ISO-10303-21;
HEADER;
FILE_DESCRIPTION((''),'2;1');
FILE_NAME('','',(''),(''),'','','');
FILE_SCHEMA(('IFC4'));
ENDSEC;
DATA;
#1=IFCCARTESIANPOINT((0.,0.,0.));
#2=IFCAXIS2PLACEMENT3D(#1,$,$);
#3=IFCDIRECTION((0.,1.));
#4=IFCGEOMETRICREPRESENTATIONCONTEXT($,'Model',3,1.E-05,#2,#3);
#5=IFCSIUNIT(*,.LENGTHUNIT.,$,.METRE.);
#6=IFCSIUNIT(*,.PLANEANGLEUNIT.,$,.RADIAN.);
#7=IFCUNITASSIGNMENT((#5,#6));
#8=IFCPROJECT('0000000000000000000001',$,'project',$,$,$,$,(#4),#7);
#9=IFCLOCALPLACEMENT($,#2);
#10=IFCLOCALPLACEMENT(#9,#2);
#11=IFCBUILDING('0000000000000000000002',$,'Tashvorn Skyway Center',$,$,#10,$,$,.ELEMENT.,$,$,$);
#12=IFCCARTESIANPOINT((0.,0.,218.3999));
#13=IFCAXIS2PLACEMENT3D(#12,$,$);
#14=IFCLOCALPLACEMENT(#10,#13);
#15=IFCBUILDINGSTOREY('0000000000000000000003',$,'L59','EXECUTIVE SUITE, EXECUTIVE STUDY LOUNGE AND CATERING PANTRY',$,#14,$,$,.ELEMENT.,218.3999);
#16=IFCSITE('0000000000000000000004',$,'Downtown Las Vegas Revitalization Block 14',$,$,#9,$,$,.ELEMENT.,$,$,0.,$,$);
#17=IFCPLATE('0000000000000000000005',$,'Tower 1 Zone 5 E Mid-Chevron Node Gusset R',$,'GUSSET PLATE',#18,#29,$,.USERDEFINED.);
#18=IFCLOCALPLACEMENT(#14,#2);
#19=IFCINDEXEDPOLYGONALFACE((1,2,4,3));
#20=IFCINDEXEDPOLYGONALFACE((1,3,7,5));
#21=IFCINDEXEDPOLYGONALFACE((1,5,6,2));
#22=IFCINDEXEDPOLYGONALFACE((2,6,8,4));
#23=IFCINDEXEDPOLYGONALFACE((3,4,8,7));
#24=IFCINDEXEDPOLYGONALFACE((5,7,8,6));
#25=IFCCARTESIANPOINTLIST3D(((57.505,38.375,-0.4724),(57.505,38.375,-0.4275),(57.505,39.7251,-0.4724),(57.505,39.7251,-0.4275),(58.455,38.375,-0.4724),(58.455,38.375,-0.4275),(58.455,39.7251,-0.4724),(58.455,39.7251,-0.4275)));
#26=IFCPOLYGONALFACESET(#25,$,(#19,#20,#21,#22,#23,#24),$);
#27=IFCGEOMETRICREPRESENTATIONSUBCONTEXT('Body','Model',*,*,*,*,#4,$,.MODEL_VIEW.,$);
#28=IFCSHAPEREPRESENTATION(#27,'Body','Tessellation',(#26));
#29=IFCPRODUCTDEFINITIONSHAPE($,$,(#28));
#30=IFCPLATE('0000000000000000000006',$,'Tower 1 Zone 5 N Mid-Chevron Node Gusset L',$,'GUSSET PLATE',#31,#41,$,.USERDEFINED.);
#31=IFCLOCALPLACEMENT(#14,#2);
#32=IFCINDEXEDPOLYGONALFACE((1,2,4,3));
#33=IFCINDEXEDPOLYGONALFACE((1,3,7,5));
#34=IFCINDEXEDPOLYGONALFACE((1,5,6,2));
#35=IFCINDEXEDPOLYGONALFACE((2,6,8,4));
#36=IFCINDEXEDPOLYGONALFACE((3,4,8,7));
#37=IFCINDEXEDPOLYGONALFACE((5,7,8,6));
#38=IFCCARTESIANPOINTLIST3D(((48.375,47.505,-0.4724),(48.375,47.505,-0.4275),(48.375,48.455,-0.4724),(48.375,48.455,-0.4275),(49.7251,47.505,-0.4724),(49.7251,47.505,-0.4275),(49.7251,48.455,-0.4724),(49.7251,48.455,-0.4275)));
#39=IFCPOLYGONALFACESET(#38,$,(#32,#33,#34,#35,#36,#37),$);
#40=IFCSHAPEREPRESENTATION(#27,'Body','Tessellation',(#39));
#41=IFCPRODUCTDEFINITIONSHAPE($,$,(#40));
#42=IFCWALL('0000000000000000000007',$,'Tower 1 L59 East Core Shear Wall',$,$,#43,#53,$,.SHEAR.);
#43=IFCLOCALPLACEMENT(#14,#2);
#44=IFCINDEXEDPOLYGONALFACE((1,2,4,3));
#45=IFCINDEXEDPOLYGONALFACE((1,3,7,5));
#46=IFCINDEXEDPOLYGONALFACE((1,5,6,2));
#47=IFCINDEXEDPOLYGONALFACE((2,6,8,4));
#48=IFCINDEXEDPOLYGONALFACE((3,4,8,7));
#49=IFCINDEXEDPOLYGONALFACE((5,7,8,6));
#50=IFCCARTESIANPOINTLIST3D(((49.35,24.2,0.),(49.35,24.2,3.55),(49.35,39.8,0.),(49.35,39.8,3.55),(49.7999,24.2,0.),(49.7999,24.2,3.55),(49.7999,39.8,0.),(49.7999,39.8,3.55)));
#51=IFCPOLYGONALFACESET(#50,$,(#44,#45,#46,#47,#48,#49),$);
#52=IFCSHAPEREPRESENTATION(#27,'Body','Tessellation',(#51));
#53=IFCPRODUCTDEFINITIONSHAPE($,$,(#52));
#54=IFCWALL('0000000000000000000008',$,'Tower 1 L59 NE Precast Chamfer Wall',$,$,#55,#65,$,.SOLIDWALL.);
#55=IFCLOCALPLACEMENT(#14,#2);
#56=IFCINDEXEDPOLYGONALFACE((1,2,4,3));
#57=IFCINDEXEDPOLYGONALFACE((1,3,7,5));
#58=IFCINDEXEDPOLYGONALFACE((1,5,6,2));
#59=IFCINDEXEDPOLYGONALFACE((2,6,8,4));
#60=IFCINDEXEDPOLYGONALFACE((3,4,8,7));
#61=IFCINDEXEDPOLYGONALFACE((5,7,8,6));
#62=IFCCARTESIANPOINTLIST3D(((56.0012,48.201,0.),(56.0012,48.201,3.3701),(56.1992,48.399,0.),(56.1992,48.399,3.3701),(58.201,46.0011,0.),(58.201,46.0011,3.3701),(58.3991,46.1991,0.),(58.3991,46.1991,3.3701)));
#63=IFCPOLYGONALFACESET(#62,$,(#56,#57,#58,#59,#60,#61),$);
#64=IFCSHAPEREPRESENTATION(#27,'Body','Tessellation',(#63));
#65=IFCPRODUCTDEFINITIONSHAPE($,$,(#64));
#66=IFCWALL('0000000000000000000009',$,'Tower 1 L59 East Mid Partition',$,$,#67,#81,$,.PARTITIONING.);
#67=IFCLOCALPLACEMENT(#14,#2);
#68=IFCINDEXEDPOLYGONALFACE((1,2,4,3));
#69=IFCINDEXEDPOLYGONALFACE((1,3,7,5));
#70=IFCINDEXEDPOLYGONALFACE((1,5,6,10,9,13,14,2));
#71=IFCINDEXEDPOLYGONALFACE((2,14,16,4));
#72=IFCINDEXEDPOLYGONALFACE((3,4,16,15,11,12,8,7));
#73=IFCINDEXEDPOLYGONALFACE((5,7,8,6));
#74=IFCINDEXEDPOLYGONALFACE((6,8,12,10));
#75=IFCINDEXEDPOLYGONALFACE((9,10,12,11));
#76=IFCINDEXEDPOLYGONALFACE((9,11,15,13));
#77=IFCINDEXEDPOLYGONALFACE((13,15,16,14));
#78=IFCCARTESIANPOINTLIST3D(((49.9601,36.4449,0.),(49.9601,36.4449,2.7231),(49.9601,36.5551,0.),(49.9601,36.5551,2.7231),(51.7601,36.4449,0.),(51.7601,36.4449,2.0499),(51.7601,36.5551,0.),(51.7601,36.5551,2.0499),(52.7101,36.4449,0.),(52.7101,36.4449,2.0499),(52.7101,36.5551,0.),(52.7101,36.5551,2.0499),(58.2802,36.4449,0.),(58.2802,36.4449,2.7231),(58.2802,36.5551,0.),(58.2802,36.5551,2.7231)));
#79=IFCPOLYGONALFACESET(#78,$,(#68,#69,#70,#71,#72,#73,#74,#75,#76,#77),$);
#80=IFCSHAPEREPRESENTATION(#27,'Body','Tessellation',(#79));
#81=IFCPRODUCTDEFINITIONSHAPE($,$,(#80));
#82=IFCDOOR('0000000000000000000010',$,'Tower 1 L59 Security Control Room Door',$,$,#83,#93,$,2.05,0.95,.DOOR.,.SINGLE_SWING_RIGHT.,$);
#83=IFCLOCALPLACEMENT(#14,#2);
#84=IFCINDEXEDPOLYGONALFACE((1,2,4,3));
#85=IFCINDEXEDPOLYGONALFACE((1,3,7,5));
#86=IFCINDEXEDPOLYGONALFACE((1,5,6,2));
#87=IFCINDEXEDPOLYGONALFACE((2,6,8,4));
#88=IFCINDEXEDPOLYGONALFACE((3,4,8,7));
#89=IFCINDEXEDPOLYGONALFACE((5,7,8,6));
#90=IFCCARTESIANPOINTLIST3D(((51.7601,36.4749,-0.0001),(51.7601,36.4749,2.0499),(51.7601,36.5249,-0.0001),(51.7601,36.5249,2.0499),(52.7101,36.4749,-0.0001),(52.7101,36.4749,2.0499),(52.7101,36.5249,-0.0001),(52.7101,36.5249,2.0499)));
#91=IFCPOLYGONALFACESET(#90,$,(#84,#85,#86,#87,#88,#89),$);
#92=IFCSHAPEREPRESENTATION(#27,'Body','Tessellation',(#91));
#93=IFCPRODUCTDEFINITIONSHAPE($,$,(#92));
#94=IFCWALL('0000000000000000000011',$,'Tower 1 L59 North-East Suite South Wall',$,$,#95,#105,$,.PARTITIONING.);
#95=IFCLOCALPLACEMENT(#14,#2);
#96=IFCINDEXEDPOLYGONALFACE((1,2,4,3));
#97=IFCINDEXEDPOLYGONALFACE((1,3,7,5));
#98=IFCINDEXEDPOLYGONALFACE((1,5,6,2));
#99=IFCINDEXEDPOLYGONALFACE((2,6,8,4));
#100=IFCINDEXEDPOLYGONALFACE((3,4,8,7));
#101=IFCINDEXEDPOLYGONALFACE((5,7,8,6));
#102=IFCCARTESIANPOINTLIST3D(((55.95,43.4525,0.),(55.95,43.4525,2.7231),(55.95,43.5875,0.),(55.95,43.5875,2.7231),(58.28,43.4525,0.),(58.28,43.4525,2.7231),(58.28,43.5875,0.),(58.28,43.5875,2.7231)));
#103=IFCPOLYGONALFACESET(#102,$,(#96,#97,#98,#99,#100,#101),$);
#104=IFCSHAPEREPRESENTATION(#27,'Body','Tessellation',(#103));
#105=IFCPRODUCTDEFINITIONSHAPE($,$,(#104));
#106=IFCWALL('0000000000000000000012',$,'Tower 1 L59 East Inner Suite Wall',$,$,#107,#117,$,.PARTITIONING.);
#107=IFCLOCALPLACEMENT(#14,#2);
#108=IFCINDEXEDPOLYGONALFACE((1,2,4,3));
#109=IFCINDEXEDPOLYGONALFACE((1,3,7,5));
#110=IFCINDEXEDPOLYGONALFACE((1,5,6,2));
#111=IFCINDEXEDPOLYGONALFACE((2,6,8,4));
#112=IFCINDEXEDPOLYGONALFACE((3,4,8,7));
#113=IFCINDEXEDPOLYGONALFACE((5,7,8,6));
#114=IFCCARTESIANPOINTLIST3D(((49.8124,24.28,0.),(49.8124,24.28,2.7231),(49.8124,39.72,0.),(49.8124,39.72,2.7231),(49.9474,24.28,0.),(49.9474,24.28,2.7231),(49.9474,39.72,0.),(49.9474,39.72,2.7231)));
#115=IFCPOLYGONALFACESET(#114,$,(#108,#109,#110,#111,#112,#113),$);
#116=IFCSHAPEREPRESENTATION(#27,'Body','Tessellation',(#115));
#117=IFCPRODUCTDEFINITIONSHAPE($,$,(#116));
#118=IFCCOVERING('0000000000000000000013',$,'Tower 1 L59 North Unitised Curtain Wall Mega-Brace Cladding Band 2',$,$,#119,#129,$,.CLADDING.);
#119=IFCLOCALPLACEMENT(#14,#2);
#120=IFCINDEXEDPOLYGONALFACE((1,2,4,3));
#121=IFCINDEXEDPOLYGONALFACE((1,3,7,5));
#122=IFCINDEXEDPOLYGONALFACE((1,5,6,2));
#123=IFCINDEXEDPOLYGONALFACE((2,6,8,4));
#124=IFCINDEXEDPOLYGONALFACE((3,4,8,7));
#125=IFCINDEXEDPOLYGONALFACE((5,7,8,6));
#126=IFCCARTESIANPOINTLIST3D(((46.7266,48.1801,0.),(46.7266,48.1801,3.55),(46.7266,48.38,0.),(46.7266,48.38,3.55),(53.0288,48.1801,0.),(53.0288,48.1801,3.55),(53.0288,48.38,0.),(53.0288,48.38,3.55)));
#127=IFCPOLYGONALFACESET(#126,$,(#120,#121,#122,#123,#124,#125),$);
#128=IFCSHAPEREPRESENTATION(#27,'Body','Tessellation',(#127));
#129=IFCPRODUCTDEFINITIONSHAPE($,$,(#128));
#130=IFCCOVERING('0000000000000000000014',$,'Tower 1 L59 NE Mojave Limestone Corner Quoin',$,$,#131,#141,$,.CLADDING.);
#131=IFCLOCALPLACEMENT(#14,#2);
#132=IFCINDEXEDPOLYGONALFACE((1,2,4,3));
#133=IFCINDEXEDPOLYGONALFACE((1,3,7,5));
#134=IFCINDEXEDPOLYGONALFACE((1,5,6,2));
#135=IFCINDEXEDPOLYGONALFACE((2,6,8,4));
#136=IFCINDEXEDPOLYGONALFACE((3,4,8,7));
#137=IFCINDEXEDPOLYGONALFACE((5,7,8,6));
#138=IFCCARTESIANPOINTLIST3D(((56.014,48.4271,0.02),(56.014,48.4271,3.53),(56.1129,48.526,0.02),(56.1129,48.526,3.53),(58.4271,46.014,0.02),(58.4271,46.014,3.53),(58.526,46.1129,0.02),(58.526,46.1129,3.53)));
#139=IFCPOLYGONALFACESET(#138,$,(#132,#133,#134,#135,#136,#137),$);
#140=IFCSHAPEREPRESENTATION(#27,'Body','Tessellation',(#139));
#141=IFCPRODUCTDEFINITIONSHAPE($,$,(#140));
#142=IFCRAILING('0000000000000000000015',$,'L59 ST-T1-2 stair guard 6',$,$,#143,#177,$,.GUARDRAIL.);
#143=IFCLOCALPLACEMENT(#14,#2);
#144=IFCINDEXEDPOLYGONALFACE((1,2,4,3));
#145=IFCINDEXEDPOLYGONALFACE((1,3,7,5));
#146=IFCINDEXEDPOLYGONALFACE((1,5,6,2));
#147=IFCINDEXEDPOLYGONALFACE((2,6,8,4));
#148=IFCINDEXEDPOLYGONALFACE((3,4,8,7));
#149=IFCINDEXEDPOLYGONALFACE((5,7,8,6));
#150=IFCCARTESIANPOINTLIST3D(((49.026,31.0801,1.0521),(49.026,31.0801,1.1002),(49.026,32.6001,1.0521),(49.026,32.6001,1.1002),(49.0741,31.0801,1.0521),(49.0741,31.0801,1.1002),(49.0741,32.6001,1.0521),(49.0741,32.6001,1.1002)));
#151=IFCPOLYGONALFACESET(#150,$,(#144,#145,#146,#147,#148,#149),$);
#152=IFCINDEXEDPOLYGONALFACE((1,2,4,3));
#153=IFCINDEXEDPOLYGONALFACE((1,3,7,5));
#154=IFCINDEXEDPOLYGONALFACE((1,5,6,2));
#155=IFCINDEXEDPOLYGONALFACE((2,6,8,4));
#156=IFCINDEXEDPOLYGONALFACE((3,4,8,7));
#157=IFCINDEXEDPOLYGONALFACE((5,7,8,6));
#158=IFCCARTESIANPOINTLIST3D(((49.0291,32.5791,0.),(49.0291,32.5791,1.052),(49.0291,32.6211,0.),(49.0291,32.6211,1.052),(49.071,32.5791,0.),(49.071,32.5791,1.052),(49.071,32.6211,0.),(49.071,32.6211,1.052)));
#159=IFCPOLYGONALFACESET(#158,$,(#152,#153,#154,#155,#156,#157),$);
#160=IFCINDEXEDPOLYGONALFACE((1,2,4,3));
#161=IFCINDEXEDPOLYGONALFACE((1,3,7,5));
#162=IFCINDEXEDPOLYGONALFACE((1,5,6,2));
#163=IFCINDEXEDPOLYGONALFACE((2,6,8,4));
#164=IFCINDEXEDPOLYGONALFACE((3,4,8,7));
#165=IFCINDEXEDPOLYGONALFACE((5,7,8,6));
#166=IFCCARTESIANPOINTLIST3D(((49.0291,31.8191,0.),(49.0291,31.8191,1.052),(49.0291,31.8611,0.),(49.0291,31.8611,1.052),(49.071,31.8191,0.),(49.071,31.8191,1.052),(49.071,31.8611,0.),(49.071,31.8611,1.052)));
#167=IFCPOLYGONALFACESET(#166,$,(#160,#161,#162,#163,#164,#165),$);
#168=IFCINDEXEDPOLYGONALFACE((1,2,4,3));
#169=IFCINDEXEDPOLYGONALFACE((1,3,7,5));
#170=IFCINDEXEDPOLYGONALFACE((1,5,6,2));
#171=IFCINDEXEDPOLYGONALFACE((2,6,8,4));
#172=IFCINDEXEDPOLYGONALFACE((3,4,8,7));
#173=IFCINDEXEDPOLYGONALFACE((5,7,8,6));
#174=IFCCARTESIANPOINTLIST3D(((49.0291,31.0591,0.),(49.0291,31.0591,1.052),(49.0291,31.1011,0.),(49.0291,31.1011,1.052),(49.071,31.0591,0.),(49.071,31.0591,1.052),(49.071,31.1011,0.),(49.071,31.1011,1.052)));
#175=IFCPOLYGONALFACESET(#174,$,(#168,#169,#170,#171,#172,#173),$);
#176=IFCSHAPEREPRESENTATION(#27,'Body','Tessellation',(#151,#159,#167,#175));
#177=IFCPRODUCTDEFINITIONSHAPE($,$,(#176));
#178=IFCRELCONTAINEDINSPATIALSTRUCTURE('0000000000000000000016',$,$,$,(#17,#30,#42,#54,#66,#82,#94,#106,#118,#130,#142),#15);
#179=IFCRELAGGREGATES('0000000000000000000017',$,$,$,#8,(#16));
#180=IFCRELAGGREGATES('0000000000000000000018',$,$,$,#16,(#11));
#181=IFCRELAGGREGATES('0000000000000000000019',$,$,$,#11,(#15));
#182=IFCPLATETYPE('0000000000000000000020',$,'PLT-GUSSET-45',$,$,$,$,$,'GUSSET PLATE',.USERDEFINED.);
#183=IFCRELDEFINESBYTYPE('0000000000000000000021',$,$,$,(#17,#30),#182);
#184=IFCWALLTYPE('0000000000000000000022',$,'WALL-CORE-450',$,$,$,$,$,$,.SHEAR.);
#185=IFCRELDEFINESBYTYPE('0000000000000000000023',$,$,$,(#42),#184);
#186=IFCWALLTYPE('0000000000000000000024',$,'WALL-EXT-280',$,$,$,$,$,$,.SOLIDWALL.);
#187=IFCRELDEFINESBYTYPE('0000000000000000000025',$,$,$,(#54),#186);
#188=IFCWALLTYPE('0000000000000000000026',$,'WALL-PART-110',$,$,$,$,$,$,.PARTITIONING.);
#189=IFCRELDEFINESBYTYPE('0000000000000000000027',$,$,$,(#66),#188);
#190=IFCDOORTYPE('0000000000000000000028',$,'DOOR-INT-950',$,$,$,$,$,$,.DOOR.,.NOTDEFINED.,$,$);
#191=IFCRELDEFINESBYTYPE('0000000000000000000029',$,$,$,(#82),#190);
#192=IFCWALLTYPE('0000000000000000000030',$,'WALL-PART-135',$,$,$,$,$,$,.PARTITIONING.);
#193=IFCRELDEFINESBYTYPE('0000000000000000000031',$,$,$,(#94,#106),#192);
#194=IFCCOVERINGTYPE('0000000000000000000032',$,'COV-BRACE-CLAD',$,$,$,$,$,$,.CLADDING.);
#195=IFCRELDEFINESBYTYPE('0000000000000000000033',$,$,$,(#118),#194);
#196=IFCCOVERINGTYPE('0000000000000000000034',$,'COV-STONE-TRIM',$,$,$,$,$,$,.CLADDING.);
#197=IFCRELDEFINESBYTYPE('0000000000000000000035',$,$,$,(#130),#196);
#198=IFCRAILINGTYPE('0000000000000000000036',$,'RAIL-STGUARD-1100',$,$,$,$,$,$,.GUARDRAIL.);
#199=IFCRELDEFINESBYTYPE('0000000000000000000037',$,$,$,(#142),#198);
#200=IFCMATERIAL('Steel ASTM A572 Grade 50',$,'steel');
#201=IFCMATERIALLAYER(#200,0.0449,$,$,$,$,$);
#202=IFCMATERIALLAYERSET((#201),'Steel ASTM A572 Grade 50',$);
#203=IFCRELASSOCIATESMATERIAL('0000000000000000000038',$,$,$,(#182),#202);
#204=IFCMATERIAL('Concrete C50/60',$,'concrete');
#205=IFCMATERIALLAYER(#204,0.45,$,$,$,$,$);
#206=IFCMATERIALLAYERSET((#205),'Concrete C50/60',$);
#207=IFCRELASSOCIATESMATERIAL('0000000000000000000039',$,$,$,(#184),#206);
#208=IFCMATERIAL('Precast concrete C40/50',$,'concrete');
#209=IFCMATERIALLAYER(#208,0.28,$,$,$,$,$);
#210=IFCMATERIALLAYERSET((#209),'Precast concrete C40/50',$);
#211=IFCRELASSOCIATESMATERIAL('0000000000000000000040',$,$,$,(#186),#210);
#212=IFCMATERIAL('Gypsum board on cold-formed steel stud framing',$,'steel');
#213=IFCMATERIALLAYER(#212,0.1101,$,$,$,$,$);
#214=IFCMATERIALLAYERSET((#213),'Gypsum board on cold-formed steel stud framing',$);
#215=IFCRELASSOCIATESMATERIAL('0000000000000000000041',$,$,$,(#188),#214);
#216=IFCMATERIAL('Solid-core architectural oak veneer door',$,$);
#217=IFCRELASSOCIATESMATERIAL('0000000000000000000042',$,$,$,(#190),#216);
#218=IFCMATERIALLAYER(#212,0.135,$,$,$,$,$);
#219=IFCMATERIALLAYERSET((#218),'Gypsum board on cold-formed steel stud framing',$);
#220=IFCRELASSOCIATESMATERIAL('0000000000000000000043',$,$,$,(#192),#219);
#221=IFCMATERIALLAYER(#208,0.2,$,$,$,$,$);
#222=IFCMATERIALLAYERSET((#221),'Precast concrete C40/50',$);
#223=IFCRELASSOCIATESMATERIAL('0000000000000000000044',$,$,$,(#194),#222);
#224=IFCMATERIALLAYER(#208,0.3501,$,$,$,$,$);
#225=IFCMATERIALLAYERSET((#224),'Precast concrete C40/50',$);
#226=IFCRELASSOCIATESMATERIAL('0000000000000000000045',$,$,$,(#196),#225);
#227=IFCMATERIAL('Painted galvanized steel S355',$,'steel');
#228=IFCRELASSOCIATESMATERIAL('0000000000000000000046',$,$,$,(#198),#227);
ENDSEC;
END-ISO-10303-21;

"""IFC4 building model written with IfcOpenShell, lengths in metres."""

from ifc_helpers import new_model, si_unit, direction, frame, frame_2d, origin, origin_2d, place, context, subcontext, project, spatial, rectangle, extrude, material, layer, layer_set, type_object, element, fill, save


model = new_model("IFC4")

# Units and contexts
model_context = context("Model", 3, precision=1e-05, world=origin(), true_north=direction((0.0, 1.0)))
body_context = subcontext(model_context, "Body", "Model", "MODEL_VIEW")
ifc_project = project(units=[si_unit("LENGTHUNIT", "METRE"), si_unit("PLANEANGLEUNIT", "RADIAN")], contexts=[model_context])

# Site, building, storey
site_placement = place(None, origin())
site = spatial("IfcSite", under=ifc_project, at=site_placement, Name="Downtown Las Vegas Revitalization Block 14", CompositionType="ELEMENT", RefElevation=0.0)
building_placement = place(site_placement, origin())
building = spatial("IfcBuilding", under=site, at=building_placement, Name="Tashvorn Skyway Center", CompositionType="ELEMENT")
storey_placement = place(building_placement, frame((0.0, 0.0, 218.3999)))
storey = spatial("IfcBuildingStorey", under=building, at=storey_placement, Name="L59", Description="EXECUTIVE SUITE, EXECUTIVE STUDY LOUNGE AND CATERING PANTRY", CompositionType="ELEMENT", Elevation=218.3999)

# Shared definitions
ifc_material_1 = material(Name="Steel ASTM A572 Grade 50", Category="steel")

# Plates
ifc_layer_1 = layer(ifc_material_1, 0.0449)
ifc_layer_set_1 = layer_set([ifc_layer_1], Name="Steel ASTM A572 Grade 50")
plate_type_1 = type_object("IfcPlateType", Name="PLT-GUSSET-45", ElementType="GUSSET PLATE", PredefinedType="USERDEFINED", material=ifc_layer_set_1)
for number, where, z_axis, x_axis, name in (
    (1, (57.98, 39.05, -0.4724), (0.0, 0.0, 1.0), (0.0, 1.0, 0.0), "Tower 1 Zone 5 E Mid-Chevron Node Gusset R"),
    (2, (49.05, 47.98, -0.4724), (0.0, 0.0, 1.0), (-1.0, 0.0, 0.0), "Tower 1 Zone 5 N Mid-Chevron Node Gusset L"),
):
    element("IfcPlate", number, at=place(storey_placement, frame(where, z_axis=z_axis, x_axis=x_axis)), inside=storey, type_object=plate_type_1, Name=name, ObjectType="GUSSET PLATE", PredefinedType="USERDEFINED", context=body_context, shape_type="SweptSolid", body=[
        extrude(rectangle(XDim=1.3501, YDim=0.95, at=origin_2d()), origin(), (0.0, 0.0, 1.0), 0.0449),
    ])

# Walls
ifc_material_2 = material(Name="Concrete C50/60", Category="concrete")
ifc_layer_2 = layer(ifc_material_2, 0.45)
ifc_layer_set_2 = layer_set([ifc_layer_2], Name="Concrete C50/60")
wall_type_1 = type_object("IfcWallType", Name="WALL-CORE-450", PredefinedType="SHEAR", material=ifc_layer_set_2)
wall_1_placement = place(storey_placement, frame((49.575, 39.8, 0.0), z_axis=(0.0, 0.0, 1.0), x_axis=(0.0, -1.0, 0.0)))
element("IfcWall", 3, at=wall_1_placement, inside=storey, type_object=wall_type_1, Name="Tower 1 L59 East Core Shear Wall", PredefinedType="SHEAR", context=body_context, shape_type="SweptSolid", body=[
    extrude(rectangle(XDim=15.6001, YDim=0.45, at=frame_2d((7.8, 0.0))), origin(), (0.0, 0.0, 1.0), 3.55),
])
ifc_material_3 = material(Name="Precast concrete C40/50", Category="concrete")
ifc_layer_3 = layer(ifc_material_3, 0.28)
ifc_layer_set_3 = layer_set([ifc_layer_3], Name="Precast concrete C40/50")
wall_type_2 = type_object("IfcWallType", Name="WALL-EXT-280", PredefinedType="SOLIDWALL", material=ifc_layer_set_3)
wall_2_placement = place(storey_placement, frame((56.1001, 48.3, 0.0), z_axis=(0.0, 0.0, 1.0), x_axis=(0.707107, -0.707107, 0.0)))
element("IfcWall", 4, at=wall_2_placement, inside=storey, type_object=wall_type_2, Name="Tower 1 L59 NE Precast Chamfer Wall", PredefinedType="SOLIDWALL", context=body_context, shape_type="SweptSolid", body=[
    extrude(rectangle(XDim=3.1111, YDim=0.28, at=frame_2d((1.5557, 0.0))), origin(), (0.0, 0.0, 1.0), 3.3701),
])

# Wall, opening, door
ifc_material_4 = material(Name="Gypsum board on cold-formed steel stud framing", Category="steel")
ifc_layer_4 = layer(ifc_material_4, 0.1101)
ifc_layer_set_4 = layer_set([ifc_layer_4], Name="Gypsum board on cold-formed steel stud framing")
wall_type_3 = type_object("IfcWallType", Name="WALL-PART-110", PredefinedType="PARTITIONING", material=ifc_layer_set_4)
wall_3_placement = place(storey_placement, frame((49.96, 36.5, 0.0), z_axis=(0.0, 0.0, 1.0), x_axis=(1.0, 0.0, 0.0)))
wall_3 = element("IfcWall", 5, at=wall_3_placement, inside=storey, type_object=wall_type_3, Name="Tower 1 L59 East Mid Partition", PredefinedType="PARTITIONING", context=body_context, shape_type="SweptSolid", body=[
    extrude(rectangle(XDim=8.3201, YDim=0.1101, at=frame_2d((4.1602, 0.0))), origin(), (0.0, 0.0, 1.0), 2.7231),
])
opening_placement = place(wall_3_placement, frame((1.8, 0.0, 0.0)))
opening = element("IfcOpeningElement", 6, at=opening_placement, cuts=wall_3, PredefinedType="OPENING", context=body_context, shape_type="SweptSolid", body=[
    extrude(rectangle(XDim=0.95, YDim=2.05, at=frame_2d((0.4751, 1.0249))), frame((0.0, 0.0649, 0.0), z_axis=(0.0, -1.0, 0.0), x_axis=(1.0, 0.0, 0.0)), (0.0, 0.0, 1.0), 0.1301),
])
ifc_material_5 = material(Name="Solid-core architectural oak veneer door")
door_type = type_object("IfcDoorType", Name="DOOR-INT-950", OperationType="NOTDEFINED", PredefinedType="DOOR", material=ifc_material_5)
door_placement = place(opening_placement, origin())
door = element("IfcDoor", 7, at=door_placement, inside=storey, type_object=door_type, Name="Tower 1 L59 Security Control Room Door", OperationType="SINGLE_SWING_RIGHT", OverallHeight=2.05, OverallWidth=0.95, PredefinedType="DOOR", context=body_context, shape_type="SweptSolid", body=[
    extrude(rectangle(XDim=0.95, YDim=2.05, at=frame_2d((0.4751, 1.0249))), frame((0.0, 0.0249, 0.0), z_axis=(0.0, -1.0, 0.0), x_axis=(1.0, 0.0, 0.0)), (0.0, 0.0, 1.0), 0.05),
])
fill(opening, door)

# Walls
ifc_layer_5 = layer(ifc_material_4, 0.135)
ifc_layer_set_5 = layer_set([ifc_layer_5], Name="Gypsum board on cold-formed steel stud framing")
wall_type_4 = type_object("IfcWallType", Name="WALL-PART-135", PredefinedType="PARTITIONING", material=ifc_layer_set_5)
wall_4_placement = place(storey_placement, frame((55.95, 43.52, 0.0), z_axis=(0.0, 0.0, 1.0), x_axis=(1.0, 0.0, 0.0)))
element("IfcWall", 8, at=wall_4_placement, inside=storey, type_object=wall_type_4, Name="Tower 1 L59 North-East Suite South Wall", PredefinedType="PARTITIONING", context=body_context, shape_type="SweptSolid", body=[
    extrude(rectangle(XDim=2.3301, YDim=0.135, at=frame_2d((1.165, 0.0))), origin(), (0.0, 0.0, 1.0), 2.7231),
])
wall_5_placement = place(storey_placement, frame((49.8799, 39.72, 0.0), z_axis=(0.0, 0.0, 1.0), x_axis=(0.0, -1.0, 0.0)))
element("IfcWall", 9, at=wall_5_placement, inside=storey, type_object=wall_type_4, Name="Tower 1 L59 East Inner Suite Wall", PredefinedType="PARTITIONING", context=body_context, shape_type="SweptSolid", body=[
    extrude(rectangle(XDim=15.4399, YDim=0.135, at=frame_2d((7.72, 0.0))), origin(), (0.0, 0.0, 1.0), 2.7231),
])

# Coverings
ifc_layer_6 = layer(ifc_material_3, 0.2)
ifc_layer_set_6 = layer_set([ifc_layer_6], Name="Precast concrete C40/50")
covering_type_1 = type_object("IfcCoveringType", Name="COV-BRACE-CLAD", PredefinedType="CLADDING", material=ifc_layer_set_6)
covering_1_placement = place(storey_placement, frame((49.8777, 48.28, 0.0), z_axis=(0.0, 0.0, 1.0), x_axis=(1.0, 0.0, 0.0)))
element("IfcCovering", 10, at=covering_1_placement, inside=storey, type_object=covering_type_1, Name="Tower 1 L59 North Unitised Curtain Wall Mega-Brace Cladding Band 2", PredefinedType="CLADDING", context=body_context, shape_type="SweptSolid", body=[
    extrude(rectangle(XDim=6.3022, YDim=0.2, at=origin_2d()), origin(), (0.0, 0.0, 1.0), 3.55),
])
ifc_layer_7 = layer(ifc_material_3, 0.3501)
ifc_layer_set_7 = layer_set([ifc_layer_7], Name="Precast concrete C40/50")
covering_type_2 = type_object("IfcCoveringType", Name="COV-STONE-TRIM", PredefinedType="CLADDING", material=ifc_layer_set_7)
covering_2_placement = place(storey_placement, frame((57.27, 47.27, 0.02), z_axis=(0.0, 0.0, 1.0), x_axis=(0.707107, -0.707107, 0.0)))
element("IfcCovering", 11, at=covering_2_placement, inside=storey, type_object=covering_type_2, Name="Tower 1 L59 NE Mojave Limestone Corner Quoin", PredefinedType="CLADDING", context=body_context, shape_type="SweptSolid", body=[
    extrude(rectangle(XDim=3.4126, YDim=0.1399, at=origin_2d()), origin(), (0.0, 0.0, 1.0), 3.51),
])

# Railing
ifc_material_6 = material(Name="Painted galvanized steel S355", Category="steel")
railing_type = type_object("IfcRailingType", Name="RAIL-STGUARD-1100", PredefinedType="GUARDRAIL", material=ifc_material_6)
railing_placement = place(storey_placement, frame((49.05, 32.6001, 0.0)))
element("IfcRailing", 12, at=railing_placement, inside=storey, type_object=railing_type, Name="L59 ST-T1-2 stair guard 6", PredefinedType="GUARDRAIL", context=body_context, shape_type="SweptSolid", body=[
    extrude(rectangle(XDim=0.0481, YDim=0.0481, at=origin_2d()), frame((0.0, 0.0, 1.0762), z_axis=(0.0, -1.0, 0.0), x_axis=(1.0, 0.0, 0.0)), (0.0, 0.0, 1.0), 1.52),
    extrude(rectangle(XDim=0.042, YDim=0.042, at=origin_2d()), origin(), (0.0, 0.0, 1.0), 1.052),
    extrude(rectangle(XDim=0.042, YDim=0.042, at=origin_2d()), frame((0.0, -0.76, 0.0)), (0.0, 0.0, 1.0), 1.052),
    extrude(rectangle(XDim=0.042, YDim=0.042, at=origin_2d()), frame((0.0, -1.52, 0.0)), (0.0, 0.0, 1.0), 1.052),
])

save(model, "model.ifc")
